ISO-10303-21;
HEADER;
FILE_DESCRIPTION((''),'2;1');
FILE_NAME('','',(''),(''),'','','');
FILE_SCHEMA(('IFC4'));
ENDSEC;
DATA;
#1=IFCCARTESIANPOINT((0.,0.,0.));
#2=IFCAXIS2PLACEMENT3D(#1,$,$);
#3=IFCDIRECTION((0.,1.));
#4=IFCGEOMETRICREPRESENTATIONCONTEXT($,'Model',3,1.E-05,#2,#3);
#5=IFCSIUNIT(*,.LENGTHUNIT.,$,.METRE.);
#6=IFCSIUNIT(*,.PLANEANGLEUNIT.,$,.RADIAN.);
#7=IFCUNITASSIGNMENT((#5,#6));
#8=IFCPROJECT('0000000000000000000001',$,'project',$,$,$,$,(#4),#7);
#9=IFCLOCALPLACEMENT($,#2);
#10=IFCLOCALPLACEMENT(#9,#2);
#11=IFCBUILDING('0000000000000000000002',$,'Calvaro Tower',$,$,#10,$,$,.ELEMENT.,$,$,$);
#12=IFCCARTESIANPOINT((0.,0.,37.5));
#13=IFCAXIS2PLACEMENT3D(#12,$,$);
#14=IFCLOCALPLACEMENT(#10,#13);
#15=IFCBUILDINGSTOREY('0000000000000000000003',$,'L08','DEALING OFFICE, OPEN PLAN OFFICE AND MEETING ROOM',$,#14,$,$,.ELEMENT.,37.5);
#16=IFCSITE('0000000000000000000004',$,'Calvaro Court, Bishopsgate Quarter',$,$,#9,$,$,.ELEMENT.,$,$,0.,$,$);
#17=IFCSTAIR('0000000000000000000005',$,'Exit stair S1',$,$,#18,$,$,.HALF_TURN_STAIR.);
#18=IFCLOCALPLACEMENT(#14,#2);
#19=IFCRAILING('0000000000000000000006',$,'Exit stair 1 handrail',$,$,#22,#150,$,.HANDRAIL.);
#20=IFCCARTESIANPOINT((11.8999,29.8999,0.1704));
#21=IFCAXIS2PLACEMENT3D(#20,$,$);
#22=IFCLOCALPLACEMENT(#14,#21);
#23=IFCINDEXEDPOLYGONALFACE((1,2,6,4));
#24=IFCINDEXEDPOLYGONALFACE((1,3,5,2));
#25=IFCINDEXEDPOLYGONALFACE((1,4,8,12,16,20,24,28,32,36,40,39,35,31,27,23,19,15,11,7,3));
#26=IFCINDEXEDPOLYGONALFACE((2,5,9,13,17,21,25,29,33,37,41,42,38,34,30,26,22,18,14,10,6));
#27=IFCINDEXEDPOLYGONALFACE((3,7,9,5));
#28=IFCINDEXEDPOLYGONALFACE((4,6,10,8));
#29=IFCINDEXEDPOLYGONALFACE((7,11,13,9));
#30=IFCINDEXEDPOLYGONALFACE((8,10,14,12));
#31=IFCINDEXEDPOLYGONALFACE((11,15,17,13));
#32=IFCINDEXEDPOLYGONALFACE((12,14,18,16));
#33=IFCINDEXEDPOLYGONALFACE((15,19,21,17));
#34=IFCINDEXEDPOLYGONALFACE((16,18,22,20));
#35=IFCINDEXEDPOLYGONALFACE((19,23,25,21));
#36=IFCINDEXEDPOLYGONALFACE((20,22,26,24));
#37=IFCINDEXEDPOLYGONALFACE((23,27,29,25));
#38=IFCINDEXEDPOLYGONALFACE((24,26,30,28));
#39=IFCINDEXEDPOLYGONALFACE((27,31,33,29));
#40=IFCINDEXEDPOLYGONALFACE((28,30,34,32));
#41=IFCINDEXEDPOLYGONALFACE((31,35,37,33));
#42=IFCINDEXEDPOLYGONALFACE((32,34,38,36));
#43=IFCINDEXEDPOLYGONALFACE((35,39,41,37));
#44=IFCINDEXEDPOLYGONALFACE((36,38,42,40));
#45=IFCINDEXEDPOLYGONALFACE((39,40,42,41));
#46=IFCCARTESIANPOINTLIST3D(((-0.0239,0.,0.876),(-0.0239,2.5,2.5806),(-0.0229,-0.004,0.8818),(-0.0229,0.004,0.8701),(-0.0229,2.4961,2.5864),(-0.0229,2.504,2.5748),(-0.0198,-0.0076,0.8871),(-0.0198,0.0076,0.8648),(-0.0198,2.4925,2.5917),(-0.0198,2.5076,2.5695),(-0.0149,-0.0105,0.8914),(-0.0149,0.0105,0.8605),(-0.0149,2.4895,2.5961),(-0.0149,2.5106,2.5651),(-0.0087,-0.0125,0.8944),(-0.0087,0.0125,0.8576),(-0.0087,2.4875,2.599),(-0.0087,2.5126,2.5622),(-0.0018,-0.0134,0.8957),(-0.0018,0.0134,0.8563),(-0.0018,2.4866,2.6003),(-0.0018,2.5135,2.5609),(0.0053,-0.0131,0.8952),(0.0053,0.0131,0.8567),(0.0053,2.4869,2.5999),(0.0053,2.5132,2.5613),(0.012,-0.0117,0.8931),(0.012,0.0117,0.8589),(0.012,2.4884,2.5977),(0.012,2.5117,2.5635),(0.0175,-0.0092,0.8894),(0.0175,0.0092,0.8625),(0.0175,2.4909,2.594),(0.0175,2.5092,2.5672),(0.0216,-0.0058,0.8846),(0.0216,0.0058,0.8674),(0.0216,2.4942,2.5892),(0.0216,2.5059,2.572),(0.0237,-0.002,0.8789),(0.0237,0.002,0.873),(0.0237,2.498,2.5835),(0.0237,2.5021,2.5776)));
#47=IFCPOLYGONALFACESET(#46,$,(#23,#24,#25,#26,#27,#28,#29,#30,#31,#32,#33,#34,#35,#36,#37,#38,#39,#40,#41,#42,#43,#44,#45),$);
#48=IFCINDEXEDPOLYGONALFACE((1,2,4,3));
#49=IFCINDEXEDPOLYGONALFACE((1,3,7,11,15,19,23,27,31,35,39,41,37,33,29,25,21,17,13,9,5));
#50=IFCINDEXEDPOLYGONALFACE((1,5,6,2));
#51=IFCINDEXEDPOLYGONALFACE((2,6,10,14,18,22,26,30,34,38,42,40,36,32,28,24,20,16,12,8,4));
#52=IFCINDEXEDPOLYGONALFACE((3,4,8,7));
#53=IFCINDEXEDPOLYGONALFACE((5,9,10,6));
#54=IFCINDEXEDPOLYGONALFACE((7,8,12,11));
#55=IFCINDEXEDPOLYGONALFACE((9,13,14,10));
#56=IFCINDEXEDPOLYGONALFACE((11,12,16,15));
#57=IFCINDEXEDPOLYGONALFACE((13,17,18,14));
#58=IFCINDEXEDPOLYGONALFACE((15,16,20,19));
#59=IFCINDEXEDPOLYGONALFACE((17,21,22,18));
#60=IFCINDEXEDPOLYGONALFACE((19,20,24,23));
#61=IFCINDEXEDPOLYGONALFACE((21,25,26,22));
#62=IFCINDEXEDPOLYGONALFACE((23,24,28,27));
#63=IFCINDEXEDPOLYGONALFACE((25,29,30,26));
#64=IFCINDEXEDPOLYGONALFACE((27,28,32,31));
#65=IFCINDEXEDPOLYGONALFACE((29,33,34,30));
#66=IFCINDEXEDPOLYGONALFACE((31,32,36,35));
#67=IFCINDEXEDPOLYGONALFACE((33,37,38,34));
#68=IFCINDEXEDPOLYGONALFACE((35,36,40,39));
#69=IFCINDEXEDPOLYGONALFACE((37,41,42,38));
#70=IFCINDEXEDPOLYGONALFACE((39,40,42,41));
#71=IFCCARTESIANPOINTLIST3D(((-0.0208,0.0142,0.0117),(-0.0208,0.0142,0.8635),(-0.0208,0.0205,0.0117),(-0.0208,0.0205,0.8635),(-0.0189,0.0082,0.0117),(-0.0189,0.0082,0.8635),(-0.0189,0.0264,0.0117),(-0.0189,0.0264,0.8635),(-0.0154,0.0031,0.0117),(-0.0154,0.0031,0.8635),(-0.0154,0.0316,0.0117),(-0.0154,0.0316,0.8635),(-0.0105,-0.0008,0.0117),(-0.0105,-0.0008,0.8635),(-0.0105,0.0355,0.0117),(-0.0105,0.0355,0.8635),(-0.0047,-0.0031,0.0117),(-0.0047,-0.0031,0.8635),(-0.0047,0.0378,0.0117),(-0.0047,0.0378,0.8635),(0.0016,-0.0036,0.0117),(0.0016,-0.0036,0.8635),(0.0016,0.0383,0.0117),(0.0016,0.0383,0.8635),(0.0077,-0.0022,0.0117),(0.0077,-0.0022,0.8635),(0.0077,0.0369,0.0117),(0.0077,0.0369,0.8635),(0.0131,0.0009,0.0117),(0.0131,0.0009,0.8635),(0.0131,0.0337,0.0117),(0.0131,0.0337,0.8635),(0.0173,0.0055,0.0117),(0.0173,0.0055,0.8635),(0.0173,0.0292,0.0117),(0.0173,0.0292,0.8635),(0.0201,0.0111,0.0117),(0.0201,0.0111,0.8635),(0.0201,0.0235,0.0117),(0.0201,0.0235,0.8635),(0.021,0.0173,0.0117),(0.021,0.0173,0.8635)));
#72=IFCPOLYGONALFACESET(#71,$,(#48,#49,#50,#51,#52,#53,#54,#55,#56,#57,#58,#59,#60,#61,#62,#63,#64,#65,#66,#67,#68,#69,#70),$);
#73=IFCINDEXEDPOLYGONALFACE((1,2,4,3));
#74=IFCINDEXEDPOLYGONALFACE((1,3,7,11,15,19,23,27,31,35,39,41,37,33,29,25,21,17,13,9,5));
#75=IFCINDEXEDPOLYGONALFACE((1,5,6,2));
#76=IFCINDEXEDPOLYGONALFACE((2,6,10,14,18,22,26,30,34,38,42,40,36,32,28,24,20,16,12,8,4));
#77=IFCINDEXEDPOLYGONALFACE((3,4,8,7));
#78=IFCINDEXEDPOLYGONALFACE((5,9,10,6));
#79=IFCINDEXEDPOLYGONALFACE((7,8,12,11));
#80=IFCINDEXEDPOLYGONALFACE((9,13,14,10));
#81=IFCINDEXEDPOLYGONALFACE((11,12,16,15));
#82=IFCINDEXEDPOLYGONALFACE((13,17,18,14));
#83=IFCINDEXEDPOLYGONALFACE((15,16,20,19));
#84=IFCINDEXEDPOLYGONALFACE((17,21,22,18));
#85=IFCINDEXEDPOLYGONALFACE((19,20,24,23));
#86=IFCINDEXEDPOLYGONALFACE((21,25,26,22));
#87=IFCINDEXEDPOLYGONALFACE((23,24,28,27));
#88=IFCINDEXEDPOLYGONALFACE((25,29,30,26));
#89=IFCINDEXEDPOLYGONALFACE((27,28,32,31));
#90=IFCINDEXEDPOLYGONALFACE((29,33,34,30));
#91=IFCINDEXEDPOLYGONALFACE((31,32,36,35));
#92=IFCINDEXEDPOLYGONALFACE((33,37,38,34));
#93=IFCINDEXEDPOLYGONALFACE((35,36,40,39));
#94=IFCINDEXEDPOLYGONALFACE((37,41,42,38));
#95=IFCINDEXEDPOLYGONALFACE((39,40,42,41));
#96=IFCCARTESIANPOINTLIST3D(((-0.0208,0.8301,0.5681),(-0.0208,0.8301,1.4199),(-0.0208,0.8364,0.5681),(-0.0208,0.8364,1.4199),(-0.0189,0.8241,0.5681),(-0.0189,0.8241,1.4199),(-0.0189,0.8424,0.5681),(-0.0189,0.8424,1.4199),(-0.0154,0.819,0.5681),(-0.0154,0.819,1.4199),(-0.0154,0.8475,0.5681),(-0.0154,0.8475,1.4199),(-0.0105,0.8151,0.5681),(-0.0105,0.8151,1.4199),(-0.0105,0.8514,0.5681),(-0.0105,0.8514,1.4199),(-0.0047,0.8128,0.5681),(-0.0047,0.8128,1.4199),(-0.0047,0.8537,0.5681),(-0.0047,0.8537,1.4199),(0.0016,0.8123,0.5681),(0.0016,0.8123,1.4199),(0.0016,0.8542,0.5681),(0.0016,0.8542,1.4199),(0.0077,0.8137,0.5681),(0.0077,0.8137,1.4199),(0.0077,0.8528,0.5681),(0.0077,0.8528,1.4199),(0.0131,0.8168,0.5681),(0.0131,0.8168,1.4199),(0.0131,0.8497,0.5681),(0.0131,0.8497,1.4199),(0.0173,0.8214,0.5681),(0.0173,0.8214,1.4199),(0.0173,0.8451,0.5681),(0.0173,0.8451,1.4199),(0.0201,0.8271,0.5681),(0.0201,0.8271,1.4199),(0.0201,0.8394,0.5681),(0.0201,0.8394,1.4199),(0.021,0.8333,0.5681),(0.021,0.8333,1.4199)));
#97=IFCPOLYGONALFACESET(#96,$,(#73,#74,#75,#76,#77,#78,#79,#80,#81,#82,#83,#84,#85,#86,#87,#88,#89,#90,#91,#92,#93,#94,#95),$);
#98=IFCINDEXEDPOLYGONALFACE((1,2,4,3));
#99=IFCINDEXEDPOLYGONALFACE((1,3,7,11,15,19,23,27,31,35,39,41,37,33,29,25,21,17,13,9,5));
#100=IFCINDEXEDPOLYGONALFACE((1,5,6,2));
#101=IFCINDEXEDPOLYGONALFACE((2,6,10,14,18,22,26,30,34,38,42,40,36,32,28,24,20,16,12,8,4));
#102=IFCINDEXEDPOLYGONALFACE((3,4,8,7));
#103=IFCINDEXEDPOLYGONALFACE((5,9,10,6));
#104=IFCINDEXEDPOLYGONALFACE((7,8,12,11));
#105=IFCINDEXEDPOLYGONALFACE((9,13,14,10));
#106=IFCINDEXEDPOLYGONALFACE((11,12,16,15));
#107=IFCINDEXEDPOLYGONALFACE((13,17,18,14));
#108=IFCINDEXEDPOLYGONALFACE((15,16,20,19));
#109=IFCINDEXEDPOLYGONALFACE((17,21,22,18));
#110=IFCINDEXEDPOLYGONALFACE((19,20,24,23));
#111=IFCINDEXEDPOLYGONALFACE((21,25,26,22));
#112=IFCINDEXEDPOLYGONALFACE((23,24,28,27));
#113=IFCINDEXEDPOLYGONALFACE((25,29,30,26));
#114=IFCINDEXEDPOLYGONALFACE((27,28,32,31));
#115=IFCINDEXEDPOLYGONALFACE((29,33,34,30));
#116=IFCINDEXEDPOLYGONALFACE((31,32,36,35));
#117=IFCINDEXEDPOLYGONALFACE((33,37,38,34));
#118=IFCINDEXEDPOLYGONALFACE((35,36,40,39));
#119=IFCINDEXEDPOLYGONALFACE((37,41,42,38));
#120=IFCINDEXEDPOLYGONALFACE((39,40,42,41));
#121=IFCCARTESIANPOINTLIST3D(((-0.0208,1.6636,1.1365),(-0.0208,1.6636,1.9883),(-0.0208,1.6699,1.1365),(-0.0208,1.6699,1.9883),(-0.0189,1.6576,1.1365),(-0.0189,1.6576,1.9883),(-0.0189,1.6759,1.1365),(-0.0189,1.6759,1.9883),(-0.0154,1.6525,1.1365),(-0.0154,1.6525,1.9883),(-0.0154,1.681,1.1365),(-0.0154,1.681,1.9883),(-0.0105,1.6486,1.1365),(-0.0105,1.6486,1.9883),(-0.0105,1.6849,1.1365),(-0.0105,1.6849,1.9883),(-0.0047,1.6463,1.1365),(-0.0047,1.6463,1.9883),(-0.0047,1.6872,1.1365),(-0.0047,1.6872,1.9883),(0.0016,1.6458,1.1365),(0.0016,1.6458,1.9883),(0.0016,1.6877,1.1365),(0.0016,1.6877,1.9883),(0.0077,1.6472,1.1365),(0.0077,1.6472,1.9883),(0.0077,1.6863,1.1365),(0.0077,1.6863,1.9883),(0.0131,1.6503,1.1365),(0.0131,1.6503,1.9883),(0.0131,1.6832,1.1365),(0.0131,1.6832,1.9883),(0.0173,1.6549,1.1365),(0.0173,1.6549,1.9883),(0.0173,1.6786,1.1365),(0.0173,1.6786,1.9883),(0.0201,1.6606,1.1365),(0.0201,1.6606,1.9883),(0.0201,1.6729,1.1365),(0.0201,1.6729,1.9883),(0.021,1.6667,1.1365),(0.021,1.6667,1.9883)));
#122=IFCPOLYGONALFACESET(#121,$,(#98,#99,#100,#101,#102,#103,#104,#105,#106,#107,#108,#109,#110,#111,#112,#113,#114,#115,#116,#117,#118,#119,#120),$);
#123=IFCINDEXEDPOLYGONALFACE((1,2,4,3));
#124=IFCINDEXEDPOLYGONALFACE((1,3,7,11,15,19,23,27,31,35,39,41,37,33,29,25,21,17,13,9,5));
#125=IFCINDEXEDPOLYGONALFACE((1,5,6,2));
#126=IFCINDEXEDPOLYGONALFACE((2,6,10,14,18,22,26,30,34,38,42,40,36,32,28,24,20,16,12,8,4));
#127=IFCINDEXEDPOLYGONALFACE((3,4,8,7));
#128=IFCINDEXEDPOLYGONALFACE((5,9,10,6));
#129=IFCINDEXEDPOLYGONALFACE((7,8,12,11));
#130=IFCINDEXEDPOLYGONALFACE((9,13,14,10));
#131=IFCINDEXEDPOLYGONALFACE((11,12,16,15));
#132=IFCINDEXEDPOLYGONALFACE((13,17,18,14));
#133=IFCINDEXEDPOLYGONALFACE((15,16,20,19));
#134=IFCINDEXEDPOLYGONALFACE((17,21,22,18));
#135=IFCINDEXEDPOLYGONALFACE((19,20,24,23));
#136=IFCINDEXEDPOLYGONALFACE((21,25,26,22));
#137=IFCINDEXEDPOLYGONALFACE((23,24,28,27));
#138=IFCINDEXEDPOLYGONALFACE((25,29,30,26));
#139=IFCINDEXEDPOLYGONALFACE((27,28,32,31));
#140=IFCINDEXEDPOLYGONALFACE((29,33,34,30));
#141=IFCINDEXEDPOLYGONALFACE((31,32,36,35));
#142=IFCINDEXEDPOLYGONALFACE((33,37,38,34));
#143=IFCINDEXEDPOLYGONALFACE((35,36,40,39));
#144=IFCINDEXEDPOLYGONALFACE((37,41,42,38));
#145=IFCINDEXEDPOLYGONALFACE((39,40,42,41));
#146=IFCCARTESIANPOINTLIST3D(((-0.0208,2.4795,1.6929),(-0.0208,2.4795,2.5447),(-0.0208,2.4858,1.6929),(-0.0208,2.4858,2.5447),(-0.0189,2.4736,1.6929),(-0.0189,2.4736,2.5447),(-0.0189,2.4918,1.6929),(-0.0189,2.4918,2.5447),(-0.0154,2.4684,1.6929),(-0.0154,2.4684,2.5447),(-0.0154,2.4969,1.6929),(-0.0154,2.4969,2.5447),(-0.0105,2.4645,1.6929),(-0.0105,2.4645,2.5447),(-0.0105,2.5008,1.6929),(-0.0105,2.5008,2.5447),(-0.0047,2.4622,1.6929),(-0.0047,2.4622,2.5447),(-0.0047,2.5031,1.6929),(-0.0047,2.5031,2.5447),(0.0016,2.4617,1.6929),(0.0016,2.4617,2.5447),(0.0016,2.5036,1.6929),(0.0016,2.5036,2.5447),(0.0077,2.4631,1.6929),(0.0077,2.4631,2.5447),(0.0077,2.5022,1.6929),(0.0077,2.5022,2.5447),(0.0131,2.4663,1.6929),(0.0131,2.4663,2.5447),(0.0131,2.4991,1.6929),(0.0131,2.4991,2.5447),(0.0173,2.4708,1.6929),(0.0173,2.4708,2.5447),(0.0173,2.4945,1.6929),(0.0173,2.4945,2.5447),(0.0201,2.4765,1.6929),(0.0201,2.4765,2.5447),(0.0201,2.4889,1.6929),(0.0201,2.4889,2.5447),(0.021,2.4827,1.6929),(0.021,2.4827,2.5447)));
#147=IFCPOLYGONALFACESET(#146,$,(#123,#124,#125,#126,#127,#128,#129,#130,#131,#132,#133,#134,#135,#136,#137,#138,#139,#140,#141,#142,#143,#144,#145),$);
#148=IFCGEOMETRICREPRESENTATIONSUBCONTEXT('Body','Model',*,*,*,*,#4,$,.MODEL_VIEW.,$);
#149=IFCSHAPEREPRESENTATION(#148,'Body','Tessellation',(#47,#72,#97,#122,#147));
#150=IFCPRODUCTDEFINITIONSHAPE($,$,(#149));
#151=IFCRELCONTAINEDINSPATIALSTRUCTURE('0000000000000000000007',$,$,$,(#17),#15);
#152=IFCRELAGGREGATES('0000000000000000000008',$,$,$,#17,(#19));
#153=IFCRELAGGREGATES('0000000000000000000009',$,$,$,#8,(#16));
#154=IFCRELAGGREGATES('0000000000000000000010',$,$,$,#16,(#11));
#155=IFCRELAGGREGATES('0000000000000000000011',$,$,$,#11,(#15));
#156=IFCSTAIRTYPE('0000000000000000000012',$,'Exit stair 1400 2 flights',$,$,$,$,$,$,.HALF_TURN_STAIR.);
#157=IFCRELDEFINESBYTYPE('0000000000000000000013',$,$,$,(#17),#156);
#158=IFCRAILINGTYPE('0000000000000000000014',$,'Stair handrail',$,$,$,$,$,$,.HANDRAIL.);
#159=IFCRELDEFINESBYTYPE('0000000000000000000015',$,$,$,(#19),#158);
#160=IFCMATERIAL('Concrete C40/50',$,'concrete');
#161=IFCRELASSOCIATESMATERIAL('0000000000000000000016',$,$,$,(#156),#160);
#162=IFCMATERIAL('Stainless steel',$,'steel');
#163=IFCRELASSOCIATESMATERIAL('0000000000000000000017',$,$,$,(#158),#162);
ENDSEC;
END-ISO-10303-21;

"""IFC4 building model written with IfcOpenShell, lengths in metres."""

from ifc_helpers import new_model, si_unit, direction, frame, origin, origin_2d, place, context, subcontext, project, spatial, circle, extrude, material, type_object, element, aggregate, save


model = new_model("IFC4")

# Units and contexts
model_context = context("Model", 3, precision=1e-05, world=origin(), true_north=direction((0.0, 1.0)))
body_context = subcontext(model_context, "Body", "Model", "MODEL_VIEW")
ifc_project = project(units=[si_unit("LENGTHUNIT", "METRE"), si_unit("PLANEANGLEUNIT", "RADIAN")], contexts=[model_context])

# Site, building, storey
site_placement = place(None, origin())
site = spatial("IfcSite", under=ifc_project, at=site_placement, Name="Calvaro Court, Bishopsgate Quarter", CompositionType="ELEMENT", RefElevation=0.0)
building_placement = place(site_placement, origin())
building = spatial("IfcBuilding", under=site, at=building_placement, Name="Calvaro Tower", CompositionType="ELEMENT")
storey_placement = place(building_placement, frame((0.0, 0.0, 37.5)))
storey = spatial("IfcBuildingStorey", under=building, at=storey_placement, Name="L08", Description="DEALING OFFICE, OPEN PLAN OFFICE AND MEETING ROOM", CompositionType="ELEMENT", Elevation=37.5)

# Stair, railing
ifc_material_1 = material(Name="Concrete C40/50", Category="concrete")
stair_type = type_object("IfcStairType", Name="Exit stair 1400 2 flights", PredefinedType="HALF_TURN_STAIR", material=ifc_material_1)
stair_placement = place(storey_placement, origin())
stair = element("IfcStair", 1, at=stair_placement, inside=storey, type_object=stair_type, Name="Exit stair S1", PredefinedType="HALF_TURN_STAIR")
ifc_material_2 = material(Name="Stainless steel", Category="steel")
railing_type = type_object("IfcRailingType", Name="Stair handrail", PredefinedType="HANDRAIL", material=ifc_material_2)
railing_1_placement = place(storey_placement, frame((11.8999, 29.8999, 0.1704)))
railing_1 = element("IfcRailing", 2, at=railing_1_placement, type_object=railing_type, Name="Exit stair 1 handrail", PredefinedType="HANDRAIL", context=body_context, shape_type="SweptSolid", body=[
    extrude(circle(Radius=0.0239, at=origin_2d()), frame((0.0, 0.0, 0.876), z_axis=(0.0, 0.826221, 0.563347), x_axis=(-1.0, 0.0, 0.0)), (0.0, 0.0, 1.0), 3.0259),
    extrude(circle(Radius=0.021, at=origin_2d()), frame((0.0, 0.0173, 0.0117)), (0.0, 0.0, 1.0), 0.8518),
    extrude(circle(Radius=0.021, at=origin_2d()), frame((0.0, 0.8333, 0.5681)), (0.0, 0.0, 1.0), 0.8518),
    extrude(circle(Radius=0.021, at=origin_2d()), frame((0.0, 1.6667, 1.1365)), (0.0, 0.0, 1.0), 0.8518),
    extrude(circle(Radius=0.021, at=origin_2d()), frame((0.0, 2.4827, 1.6929)), (0.0, 0.0, 1.0), 0.8518),
])
aggregate(stair, [railing_1])

save(model, "model.ifc")
